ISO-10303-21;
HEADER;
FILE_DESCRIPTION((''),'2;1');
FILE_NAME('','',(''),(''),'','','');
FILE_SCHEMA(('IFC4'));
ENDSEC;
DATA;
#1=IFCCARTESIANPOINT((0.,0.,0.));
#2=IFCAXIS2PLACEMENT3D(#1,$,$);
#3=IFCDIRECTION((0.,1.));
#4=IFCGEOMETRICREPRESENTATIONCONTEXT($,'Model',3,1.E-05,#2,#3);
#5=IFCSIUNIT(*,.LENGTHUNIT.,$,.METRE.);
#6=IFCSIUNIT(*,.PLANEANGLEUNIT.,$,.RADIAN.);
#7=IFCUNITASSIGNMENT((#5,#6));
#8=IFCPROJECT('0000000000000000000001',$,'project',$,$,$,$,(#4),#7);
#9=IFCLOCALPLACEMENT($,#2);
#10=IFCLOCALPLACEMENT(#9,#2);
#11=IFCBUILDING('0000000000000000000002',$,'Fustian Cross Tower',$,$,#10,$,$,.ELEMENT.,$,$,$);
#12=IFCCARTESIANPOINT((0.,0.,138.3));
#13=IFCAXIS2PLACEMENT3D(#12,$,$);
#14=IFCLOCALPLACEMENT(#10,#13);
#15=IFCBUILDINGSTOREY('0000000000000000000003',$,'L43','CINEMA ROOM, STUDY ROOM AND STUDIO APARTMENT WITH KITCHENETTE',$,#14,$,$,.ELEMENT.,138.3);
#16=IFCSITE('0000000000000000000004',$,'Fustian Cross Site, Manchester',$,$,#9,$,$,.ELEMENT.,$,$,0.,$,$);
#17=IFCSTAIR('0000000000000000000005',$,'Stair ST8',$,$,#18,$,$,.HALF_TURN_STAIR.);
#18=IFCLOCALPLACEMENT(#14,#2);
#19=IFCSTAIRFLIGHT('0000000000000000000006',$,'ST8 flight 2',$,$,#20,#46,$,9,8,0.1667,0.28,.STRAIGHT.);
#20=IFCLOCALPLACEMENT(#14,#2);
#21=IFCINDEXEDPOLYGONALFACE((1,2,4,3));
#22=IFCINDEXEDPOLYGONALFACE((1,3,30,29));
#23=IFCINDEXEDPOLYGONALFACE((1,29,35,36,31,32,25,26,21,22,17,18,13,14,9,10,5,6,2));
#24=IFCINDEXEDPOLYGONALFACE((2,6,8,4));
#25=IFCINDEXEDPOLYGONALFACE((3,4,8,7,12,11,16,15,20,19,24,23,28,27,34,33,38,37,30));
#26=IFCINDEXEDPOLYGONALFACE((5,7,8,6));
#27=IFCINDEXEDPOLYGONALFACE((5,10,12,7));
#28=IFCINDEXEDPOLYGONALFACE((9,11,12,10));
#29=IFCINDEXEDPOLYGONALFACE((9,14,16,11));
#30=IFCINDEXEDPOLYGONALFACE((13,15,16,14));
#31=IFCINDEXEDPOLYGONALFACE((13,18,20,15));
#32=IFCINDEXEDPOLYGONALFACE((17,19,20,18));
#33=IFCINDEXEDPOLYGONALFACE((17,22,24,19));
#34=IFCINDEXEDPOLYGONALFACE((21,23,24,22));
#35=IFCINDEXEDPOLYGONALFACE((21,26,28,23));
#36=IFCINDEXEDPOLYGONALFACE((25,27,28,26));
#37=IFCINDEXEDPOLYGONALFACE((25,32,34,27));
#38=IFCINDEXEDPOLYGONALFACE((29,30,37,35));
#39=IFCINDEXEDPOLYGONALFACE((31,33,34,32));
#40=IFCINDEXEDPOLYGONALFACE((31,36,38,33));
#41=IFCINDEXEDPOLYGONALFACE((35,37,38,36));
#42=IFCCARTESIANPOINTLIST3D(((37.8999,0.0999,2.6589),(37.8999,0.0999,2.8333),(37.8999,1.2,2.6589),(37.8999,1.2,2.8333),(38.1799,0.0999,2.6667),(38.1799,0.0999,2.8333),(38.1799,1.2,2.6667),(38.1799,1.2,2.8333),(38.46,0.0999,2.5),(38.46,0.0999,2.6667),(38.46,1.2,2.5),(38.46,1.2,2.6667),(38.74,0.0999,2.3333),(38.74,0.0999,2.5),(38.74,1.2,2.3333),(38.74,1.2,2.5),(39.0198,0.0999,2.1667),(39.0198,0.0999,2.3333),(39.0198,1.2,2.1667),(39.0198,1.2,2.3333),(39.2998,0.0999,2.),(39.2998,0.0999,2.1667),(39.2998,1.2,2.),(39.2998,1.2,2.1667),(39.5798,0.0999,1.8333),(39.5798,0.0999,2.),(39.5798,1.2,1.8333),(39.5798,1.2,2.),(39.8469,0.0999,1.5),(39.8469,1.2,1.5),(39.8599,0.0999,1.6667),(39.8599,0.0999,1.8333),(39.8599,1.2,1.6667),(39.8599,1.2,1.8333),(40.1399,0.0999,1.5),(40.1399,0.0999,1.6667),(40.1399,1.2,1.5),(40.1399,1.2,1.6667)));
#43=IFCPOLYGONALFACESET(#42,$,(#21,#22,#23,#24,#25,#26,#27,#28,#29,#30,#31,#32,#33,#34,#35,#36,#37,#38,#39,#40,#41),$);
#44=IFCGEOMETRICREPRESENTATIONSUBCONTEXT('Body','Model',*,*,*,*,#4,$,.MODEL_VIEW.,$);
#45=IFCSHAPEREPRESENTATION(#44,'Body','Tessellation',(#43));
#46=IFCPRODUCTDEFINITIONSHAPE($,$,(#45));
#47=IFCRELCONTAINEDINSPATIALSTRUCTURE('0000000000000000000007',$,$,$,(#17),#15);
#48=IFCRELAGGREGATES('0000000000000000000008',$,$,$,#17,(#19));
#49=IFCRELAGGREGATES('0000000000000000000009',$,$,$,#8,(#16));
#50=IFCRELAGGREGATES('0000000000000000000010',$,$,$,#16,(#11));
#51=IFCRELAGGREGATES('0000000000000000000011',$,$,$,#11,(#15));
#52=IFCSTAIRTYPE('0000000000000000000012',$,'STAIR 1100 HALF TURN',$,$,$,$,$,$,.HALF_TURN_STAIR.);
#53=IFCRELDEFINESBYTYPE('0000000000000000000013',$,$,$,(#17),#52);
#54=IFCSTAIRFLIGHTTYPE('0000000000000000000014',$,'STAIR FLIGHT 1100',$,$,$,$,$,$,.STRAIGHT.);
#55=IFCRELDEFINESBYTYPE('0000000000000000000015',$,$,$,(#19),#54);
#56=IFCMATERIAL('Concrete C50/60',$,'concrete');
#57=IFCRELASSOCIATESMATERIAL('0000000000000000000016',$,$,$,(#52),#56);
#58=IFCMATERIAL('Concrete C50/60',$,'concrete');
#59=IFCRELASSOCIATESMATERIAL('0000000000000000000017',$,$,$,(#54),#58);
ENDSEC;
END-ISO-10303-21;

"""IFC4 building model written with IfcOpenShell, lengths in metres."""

from ifc_helpers import new_model, si_unit, direction, frame, origin, place, context, subcontext, project, spatial, polyline, outline, extrude, material, type_object, element, aggregate, save


model = new_model("IFC4")

# Units and contexts
model_context = context("Model", 3, precision=1e-05, world=origin(), true_north=direction((0.0, 1.0)))
body_context = subcontext(model_context, "Body", "Model", "MODEL_VIEW")
ifc_project = project(units=[si_unit("LENGTHUNIT", "METRE"), si_unit("PLANEANGLEUNIT", "RADIAN")], contexts=[model_context])

# Site, building, storey
site_placement = place(None, origin())
site = spatial("IfcSite", under=ifc_project, at=site_placement, Name="Fustian Cross Site, Manchester", CompositionType="ELEMENT", RefElevation=0.0)
building_placement = place(site_placement, origin())
building = spatial("IfcBuilding", under=site, at=building_placement, Name="Fustian Cross Tower", CompositionType="ELEMENT")
storey_placement = place(building_placement, frame((0.0, 0.0, 138.3)))
storey = spatial("IfcBuildingStorey", under=building, at=storey_placement, Name="L43", Description="CINEMA ROOM, STUDY ROOM AND STUDIO APARTMENT WITH KITCHENETTE", CompositionType="ELEMENT", Elevation=138.3)

# Stair, stair flight
ifc_material_1 = material(Name="Concrete C50/60", Category="concrete")
stair_type = type_object("IfcStairType", Name="STAIR 1100 HALF TURN", PredefinedType="HALF_TURN_STAIR", material=ifc_material_1)
stair_placement = place(storey_placement, origin())
stair = element("IfcStair", 1, at=stair_placement, inside=storey, type_object=stair_type, Name="Stair ST8", PredefinedType="HALF_TURN_STAIR")
ifc_material_2 = material(Name="Concrete C50/60", Category="concrete")
stair_flight_type = type_object("IfcStairFlightType", Name="STAIR FLIGHT 1100", PredefinedType="STRAIGHT", material=ifc_material_2)
stair_flight_placement = place(storey_placement, frame((40.1399, 0.6499, 1.5), z_axis=(0.0, 0.0, 1.0), x_axis=(-1.0, 0.0, 0.0)))
stair_flight = element("IfcStairFlight", 2, at=stair_flight_placement, type_object=stair_flight_type, Name="ST8 flight 2", NumberOfRisers=9, NumberOfTreads=8, PredefinedType="STRAIGHT", RiserHeight=0.1667, TreadLength=0.28, context=body_context, shape_type="SweptSolid", body=[
    extrude(outline(polyline([(0.0, 0.0), (0.0, 0.1667), (0.28, 0.1667), (0.28, 0.3333), (0.5601, 0.3333), (0.5601, 0.5), (0.8401, 0.5), (0.8401, 0.6667), (1.1201, 0.6667), (1.1201, 0.8333), (1.3999, 0.8333), (1.3999, 1.0), (1.6799, 1.0), (1.6799, 1.1667), (1.96, 1.1667), (1.96, 1.3333), (2.24, 1.3333), (2.24, 1.5), (2.24, 1.1589), (0.293, 0.0), (0.0, 0.0)])), frame((0.0, 0.55, 0.0), z_axis=(0.0, -1.0, 0.0), x_axis=(1.0, 0.0, 0.0)), (0.0, 0.0, 1.0), 1.1001),
])
aggregate(stair, [stair_flight])

save(model, "model.ifc")
